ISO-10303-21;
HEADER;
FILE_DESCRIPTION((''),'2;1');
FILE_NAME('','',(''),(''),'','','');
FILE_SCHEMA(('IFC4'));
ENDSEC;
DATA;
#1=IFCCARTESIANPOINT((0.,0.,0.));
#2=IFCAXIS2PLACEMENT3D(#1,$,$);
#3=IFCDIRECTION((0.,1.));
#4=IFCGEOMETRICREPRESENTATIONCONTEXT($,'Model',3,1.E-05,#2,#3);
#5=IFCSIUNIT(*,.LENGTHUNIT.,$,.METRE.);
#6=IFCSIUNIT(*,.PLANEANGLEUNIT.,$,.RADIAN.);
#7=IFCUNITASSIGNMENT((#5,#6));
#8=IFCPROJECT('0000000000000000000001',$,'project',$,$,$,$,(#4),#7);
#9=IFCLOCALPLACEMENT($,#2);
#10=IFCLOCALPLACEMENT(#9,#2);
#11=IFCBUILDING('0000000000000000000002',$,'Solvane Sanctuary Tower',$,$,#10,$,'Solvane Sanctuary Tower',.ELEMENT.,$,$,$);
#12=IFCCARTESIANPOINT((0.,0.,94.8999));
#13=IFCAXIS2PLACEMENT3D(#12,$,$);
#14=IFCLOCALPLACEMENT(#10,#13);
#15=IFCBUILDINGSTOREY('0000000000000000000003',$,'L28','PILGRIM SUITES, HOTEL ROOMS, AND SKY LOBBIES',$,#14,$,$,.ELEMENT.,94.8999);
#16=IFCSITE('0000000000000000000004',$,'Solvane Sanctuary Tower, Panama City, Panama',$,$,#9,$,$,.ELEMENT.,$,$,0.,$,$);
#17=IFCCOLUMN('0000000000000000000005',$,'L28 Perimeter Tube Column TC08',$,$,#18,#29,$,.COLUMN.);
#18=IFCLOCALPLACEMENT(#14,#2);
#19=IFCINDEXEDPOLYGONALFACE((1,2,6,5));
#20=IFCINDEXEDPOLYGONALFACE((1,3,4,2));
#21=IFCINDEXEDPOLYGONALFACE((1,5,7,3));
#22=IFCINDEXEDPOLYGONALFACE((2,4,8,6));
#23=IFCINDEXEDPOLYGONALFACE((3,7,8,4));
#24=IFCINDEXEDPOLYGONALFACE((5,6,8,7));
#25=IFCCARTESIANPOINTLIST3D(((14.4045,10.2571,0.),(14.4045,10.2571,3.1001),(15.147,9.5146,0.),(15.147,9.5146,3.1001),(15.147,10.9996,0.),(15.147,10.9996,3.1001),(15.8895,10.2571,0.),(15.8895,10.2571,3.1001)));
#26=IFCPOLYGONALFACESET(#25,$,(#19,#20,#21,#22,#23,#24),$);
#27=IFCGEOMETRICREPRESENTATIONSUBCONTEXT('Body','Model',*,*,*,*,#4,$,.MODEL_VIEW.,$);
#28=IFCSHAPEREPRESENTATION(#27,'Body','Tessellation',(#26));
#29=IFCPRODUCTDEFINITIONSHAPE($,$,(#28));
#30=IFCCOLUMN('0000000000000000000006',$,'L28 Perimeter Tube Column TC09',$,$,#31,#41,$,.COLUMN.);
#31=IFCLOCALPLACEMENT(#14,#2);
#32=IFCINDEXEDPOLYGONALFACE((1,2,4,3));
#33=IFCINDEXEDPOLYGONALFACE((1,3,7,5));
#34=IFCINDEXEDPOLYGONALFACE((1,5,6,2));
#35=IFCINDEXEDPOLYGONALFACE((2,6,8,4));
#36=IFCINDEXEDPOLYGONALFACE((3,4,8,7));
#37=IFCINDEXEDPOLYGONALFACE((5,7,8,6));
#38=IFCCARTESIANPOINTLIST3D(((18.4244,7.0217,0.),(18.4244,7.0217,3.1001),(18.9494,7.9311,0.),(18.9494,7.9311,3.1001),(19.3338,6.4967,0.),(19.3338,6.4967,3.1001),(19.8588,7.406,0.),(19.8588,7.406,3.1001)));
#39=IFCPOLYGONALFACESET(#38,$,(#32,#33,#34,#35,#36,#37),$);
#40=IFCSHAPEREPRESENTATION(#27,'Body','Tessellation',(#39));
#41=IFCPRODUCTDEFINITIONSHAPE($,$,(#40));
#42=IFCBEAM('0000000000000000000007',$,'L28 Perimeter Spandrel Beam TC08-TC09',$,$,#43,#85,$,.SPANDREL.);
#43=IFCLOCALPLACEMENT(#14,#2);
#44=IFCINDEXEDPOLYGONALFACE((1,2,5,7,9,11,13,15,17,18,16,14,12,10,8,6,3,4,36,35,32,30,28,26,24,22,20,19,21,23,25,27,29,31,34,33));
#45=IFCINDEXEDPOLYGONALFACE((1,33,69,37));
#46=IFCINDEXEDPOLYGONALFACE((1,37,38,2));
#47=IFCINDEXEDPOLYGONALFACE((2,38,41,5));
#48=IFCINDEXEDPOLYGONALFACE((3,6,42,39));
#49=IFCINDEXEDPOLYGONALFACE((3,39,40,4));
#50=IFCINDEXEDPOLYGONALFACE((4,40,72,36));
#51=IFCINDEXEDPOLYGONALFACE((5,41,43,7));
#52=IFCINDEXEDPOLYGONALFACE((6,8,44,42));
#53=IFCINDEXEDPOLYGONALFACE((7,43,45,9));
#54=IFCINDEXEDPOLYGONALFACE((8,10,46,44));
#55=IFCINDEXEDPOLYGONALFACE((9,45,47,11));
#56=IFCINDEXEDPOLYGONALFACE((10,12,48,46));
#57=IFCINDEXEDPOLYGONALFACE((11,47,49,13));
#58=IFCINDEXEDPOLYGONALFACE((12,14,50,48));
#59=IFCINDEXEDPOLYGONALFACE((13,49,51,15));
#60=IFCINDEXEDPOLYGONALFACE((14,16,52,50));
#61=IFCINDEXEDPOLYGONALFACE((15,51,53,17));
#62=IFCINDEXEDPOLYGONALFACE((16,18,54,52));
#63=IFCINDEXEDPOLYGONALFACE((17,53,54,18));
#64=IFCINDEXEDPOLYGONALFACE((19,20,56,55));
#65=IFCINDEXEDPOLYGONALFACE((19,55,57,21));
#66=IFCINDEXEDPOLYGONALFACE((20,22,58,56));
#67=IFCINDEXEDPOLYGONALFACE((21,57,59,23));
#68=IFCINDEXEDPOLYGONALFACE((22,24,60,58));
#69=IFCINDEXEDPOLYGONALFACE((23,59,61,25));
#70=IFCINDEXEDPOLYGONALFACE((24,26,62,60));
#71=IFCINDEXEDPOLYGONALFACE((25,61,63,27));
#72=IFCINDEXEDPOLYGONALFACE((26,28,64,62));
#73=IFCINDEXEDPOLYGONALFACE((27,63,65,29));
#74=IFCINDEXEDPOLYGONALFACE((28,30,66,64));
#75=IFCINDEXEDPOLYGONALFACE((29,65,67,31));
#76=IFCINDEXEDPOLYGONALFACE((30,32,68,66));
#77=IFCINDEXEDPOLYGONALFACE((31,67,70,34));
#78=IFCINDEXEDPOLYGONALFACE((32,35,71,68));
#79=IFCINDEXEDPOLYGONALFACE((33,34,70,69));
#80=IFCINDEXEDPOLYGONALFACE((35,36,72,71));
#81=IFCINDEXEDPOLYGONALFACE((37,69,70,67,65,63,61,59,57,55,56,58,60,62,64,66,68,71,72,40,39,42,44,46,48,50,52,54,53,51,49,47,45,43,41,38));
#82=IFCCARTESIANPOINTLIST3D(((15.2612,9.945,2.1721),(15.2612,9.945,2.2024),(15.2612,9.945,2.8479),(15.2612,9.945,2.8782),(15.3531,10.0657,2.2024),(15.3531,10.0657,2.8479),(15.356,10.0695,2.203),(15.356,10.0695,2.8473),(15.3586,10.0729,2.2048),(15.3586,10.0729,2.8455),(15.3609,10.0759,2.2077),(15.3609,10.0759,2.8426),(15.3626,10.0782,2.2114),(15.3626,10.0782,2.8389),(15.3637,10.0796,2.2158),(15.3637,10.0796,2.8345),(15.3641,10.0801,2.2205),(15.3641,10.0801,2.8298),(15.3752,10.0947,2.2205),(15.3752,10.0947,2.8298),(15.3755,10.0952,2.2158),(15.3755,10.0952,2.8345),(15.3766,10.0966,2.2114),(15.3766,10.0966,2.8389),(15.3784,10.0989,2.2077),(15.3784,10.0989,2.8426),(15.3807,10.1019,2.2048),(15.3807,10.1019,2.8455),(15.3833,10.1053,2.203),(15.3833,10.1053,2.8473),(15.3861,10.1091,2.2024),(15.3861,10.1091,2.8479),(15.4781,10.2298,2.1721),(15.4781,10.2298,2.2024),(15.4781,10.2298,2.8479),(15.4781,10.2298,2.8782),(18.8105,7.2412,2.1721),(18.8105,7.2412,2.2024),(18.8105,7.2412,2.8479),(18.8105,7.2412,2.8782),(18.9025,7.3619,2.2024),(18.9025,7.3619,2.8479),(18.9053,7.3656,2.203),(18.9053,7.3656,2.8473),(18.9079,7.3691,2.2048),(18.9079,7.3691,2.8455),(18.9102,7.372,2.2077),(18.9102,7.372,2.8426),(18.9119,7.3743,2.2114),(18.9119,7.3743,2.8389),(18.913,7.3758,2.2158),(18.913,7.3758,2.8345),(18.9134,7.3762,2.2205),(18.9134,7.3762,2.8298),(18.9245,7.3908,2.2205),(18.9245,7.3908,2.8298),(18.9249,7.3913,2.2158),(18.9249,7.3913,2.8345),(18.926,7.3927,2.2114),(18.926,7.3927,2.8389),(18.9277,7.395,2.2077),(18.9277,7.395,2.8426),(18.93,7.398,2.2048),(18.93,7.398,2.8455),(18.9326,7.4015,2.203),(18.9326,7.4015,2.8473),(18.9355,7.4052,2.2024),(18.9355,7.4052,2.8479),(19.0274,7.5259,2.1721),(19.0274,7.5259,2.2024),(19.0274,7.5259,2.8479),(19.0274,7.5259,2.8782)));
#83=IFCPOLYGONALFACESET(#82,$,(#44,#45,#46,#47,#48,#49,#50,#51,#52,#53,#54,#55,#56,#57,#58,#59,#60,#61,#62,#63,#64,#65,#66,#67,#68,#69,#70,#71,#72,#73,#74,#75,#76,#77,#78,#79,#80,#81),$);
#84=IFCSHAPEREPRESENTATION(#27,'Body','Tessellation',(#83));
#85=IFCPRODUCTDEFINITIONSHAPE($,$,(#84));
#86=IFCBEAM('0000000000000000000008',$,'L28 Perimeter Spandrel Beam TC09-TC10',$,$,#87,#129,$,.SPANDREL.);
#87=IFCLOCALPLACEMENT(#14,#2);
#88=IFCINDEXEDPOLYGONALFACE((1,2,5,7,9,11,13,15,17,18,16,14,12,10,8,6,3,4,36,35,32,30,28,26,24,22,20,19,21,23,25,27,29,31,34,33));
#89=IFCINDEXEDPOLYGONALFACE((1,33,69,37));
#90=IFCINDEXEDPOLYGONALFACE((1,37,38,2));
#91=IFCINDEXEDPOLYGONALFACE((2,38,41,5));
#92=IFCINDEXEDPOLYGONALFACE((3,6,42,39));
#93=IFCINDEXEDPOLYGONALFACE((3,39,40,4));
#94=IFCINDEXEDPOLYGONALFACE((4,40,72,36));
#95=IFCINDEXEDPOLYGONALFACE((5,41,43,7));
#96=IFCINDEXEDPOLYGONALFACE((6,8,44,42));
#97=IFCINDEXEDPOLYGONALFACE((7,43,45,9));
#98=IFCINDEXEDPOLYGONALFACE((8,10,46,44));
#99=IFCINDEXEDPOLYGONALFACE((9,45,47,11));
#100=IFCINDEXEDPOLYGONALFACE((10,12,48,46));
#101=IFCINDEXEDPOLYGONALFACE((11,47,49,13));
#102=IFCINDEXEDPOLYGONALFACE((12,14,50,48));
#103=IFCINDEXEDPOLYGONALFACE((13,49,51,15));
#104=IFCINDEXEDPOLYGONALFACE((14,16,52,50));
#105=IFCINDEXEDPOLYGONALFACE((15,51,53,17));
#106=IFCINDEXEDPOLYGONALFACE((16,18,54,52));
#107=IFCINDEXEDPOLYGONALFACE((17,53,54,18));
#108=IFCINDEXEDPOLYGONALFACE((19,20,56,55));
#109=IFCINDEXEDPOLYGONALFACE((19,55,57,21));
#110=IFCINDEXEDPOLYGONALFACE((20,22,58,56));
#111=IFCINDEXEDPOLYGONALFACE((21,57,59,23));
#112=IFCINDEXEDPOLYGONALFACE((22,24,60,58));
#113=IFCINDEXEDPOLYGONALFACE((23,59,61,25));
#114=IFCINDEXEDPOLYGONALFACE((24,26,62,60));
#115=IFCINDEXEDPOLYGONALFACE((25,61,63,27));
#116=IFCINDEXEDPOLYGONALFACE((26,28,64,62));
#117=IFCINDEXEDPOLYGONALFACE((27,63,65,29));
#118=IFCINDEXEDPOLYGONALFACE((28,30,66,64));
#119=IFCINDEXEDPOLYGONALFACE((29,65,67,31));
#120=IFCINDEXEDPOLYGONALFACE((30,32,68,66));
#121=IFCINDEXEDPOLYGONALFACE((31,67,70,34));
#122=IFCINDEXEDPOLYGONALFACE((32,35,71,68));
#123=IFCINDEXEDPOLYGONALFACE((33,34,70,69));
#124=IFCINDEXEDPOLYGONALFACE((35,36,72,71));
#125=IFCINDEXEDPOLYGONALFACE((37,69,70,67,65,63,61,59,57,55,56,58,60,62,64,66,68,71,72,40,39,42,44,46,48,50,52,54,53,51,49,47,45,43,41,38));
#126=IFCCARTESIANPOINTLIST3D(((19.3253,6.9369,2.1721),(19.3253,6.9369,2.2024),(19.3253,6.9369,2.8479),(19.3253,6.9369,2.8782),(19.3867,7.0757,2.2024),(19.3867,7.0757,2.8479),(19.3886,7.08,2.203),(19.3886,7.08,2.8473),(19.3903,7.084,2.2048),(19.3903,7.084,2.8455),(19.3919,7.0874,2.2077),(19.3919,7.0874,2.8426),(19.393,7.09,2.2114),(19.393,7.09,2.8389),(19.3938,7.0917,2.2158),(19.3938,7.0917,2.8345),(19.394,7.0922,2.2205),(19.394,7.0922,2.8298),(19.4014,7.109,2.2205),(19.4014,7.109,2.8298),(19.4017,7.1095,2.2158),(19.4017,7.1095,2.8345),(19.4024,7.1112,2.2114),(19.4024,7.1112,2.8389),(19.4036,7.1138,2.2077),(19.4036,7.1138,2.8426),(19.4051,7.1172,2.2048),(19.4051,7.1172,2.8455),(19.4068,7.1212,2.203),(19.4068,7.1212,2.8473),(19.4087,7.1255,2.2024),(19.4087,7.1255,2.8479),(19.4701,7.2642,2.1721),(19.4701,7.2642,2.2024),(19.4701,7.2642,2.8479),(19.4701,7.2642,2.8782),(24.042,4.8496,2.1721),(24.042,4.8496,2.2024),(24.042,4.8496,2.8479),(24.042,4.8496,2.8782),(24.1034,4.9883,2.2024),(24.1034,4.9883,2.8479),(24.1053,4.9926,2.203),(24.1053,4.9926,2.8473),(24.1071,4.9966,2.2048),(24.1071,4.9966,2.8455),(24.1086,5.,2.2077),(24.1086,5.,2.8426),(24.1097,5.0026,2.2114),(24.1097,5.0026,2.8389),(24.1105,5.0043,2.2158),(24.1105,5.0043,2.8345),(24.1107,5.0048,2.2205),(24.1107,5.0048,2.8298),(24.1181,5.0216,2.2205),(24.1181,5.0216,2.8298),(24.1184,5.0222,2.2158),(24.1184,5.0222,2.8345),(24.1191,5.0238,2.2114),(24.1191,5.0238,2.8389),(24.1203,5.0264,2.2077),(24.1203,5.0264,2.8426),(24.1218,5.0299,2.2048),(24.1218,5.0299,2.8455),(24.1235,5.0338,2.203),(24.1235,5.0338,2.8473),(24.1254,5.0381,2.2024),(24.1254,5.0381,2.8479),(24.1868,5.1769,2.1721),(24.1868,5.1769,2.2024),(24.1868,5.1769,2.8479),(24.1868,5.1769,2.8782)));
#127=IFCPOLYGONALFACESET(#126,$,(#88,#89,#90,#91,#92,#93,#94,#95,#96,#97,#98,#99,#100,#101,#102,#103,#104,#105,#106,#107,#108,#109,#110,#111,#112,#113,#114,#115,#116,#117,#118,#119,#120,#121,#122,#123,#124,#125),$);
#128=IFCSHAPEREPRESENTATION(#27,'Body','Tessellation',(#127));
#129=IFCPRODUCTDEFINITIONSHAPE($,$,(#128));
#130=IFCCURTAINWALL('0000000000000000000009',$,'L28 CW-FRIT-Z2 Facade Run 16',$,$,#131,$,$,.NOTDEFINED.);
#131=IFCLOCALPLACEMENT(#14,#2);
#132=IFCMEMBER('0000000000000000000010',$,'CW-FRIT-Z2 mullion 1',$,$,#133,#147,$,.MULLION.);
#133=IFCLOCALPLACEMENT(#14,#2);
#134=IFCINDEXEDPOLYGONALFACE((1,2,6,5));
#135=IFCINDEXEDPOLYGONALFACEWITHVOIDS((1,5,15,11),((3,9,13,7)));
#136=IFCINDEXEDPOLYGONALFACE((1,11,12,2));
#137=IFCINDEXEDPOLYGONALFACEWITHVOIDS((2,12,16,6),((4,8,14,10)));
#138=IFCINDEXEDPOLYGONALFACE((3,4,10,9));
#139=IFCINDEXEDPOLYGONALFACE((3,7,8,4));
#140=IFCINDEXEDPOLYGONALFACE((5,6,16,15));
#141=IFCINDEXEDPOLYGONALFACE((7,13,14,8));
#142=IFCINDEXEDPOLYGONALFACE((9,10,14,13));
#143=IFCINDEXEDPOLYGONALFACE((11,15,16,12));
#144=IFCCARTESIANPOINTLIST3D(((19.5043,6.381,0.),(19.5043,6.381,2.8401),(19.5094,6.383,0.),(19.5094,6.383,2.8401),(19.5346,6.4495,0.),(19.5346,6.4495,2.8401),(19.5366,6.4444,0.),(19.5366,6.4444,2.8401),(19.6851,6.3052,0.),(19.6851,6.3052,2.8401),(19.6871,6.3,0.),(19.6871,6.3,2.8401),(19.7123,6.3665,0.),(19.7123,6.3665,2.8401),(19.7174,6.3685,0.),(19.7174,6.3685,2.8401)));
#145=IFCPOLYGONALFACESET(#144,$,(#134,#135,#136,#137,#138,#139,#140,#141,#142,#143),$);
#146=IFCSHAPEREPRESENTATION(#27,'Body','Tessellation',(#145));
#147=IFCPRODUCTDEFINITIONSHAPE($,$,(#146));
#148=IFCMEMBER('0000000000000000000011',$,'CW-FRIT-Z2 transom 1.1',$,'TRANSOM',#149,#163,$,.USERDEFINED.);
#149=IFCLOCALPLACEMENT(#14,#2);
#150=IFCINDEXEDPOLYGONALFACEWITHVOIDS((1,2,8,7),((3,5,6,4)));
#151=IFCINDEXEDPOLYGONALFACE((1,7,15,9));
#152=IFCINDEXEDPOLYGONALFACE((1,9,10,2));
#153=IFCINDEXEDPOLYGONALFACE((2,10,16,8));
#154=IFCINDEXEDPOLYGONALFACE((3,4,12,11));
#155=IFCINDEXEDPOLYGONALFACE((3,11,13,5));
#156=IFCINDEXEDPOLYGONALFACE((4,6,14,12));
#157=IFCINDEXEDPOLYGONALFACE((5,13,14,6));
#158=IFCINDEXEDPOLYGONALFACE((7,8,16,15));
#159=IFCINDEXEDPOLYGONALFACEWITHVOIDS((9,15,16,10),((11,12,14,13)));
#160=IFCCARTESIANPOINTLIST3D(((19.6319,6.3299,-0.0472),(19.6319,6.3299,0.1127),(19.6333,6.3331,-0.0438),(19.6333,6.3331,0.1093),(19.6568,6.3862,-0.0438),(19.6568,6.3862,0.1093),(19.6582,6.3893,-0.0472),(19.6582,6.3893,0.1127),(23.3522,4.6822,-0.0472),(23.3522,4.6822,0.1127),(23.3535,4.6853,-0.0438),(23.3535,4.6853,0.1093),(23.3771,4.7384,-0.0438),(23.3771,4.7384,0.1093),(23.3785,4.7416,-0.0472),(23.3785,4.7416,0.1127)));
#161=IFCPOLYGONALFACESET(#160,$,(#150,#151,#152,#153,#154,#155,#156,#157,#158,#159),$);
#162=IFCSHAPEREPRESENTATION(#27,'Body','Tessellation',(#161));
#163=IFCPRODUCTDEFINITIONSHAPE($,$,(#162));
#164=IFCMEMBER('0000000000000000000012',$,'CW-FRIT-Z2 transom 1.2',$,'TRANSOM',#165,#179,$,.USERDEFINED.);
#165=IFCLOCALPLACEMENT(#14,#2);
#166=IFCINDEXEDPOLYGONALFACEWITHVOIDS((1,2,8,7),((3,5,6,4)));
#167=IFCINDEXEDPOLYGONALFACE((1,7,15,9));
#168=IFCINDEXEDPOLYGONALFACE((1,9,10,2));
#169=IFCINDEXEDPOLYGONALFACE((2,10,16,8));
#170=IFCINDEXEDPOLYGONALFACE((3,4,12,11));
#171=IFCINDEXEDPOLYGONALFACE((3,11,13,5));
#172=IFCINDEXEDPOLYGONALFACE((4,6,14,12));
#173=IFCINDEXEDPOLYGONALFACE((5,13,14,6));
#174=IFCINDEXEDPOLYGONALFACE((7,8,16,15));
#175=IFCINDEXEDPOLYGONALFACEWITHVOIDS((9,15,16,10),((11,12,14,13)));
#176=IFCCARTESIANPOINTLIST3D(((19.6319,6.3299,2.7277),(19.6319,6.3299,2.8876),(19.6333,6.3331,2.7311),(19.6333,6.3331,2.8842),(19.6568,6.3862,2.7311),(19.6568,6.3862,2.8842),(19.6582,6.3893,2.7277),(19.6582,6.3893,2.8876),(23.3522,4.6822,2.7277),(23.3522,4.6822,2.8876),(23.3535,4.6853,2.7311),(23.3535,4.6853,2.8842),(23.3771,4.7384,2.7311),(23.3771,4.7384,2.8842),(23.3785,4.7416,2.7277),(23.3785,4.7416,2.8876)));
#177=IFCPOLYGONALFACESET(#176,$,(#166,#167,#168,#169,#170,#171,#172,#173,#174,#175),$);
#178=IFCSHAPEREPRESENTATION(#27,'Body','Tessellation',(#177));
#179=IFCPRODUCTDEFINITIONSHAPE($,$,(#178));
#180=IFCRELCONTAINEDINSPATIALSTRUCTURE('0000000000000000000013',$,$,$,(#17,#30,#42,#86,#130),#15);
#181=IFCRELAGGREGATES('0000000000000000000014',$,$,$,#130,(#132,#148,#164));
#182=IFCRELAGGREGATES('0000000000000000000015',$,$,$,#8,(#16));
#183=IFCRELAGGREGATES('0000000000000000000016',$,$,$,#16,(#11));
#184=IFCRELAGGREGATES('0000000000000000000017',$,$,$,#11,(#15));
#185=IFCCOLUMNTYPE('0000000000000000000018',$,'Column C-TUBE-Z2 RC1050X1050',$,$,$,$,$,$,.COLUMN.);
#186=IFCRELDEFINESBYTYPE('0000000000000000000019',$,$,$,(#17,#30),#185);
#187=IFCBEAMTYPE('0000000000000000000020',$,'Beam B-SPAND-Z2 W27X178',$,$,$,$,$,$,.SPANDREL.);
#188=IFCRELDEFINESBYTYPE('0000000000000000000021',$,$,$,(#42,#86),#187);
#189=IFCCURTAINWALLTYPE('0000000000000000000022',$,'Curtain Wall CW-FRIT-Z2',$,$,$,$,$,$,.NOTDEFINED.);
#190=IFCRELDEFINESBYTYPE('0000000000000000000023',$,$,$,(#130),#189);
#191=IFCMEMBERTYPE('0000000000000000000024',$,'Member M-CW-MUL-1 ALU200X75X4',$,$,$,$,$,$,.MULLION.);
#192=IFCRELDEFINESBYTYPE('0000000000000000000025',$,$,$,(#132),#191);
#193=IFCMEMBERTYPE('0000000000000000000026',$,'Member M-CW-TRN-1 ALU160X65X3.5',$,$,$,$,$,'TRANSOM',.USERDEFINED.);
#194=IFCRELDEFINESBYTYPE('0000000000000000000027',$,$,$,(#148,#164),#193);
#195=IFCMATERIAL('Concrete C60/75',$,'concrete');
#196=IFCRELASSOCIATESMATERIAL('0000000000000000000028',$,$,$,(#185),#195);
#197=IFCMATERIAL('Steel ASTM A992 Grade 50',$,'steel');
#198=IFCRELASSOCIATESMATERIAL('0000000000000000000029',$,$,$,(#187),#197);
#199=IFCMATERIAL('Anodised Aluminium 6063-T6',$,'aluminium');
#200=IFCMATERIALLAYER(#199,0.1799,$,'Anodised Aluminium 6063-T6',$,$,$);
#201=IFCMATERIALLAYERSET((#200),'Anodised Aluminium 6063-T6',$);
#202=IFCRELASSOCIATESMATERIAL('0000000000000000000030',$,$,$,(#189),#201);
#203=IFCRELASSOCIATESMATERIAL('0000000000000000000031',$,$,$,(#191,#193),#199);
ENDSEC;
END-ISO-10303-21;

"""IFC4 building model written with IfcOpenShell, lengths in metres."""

from ifc_helpers import new_model, si_unit, direction, frame, origin, origin_2d, place, context, subcontext, project, spatial, rectangle, hollow_rectangle, i_section, extrude, material, layer, layer_set, material_profile, profile_set, type_object, element, aggregate, save


model = new_model("IFC4")

# Units and contexts
model_context = context("Model", 3, precision=1e-05, world=origin(), true_north=direction((0.0, 1.0)))
body_context = subcontext(model_context, "Body", "Model", "MODEL_VIEW")
ifc_project = project(units=[si_unit("LENGTHUNIT", "METRE"), si_unit("PLANEANGLEUNIT", "RADIAN")], contexts=[model_context])

# Site, building, storey
site_placement = place(None, origin())
site = spatial("IfcSite", under=ifc_project, at=site_placement, Name="Solvane Sanctuary Tower, Panama City, Panama", CompositionType="ELEMENT", RefElevation=0.0)
building_placement = place(site_placement, origin())
building = spatial("IfcBuilding", under=site, at=building_placement, Name="Solvane Sanctuary Tower", LongName="Solvane Sanctuary Tower", CompositionType="ELEMENT")
storey_placement = place(building_placement, frame((0.0, 0.0, 94.8999)))
storey = spatial("IfcBuildingStorey", under=building, at=storey_placement, Name="L28", Description="PILGRIM SUITES, HOTEL ROOMS, AND SKY LOBBIES", CompositionType="ELEMENT", Elevation=94.8999)

# Columns
ifc_material_1 = material(Name="Concrete C60/75", Category="concrete")
ifc_material_profile_1 = material_profile(ifc_material_1, rectangle(XDim=1.05, YDim=1.05, at=origin_2d()), Name="RC1050X1050")
ifc_profile_set_1 = profile_set([ifc_material_profile_1], Name="Concrete C60/75")
column_type = type_object("IfcColumnType", Name="Column C-TUBE-Z2 RC1050X1050", PredefinedType="COLUMN", material=ifc_profile_set_1)
for number, where, z_axis, x_axis, name in (
    (1, (15.147, 10.2571, 0.0), (0.0, 0.0, 1.0), (-0.707107, -0.707107, 0.0), "L28 Perimeter Tube Column TC08"),
    (2, (19.1416, 7.2139, 0.0), (0.0, 0.0, 1.0), (-0.5, -0.866025, 0.0), "L28 Perimeter Tube Column TC09"),
):
    element("IfcColumn", number, at=place(storey_placement, frame(where, z_axis=z_axis, x_axis=x_axis)), inside=storey, type_object=column_type, Name=name, PredefinedType="COLUMN", context=body_context, shape_type="SweptSolid", body=[
        extrude(rectangle(XDim=1.05, YDim=1.05, at=origin_2d()), origin(), (0.0, 0.0, 1.0), 3.1001),
    ])

# Beams
ifc_material_2 = material(Name="Steel ASTM A992 Grade 50", Category="steel")
ifc_material_profile_2 = material_profile(ifc_material_2, i_section(OverallWidth=0.3579, OverallDepth=0.7061, WebThickness=0.0183, FlangeThickness=0.0303, FilletRadius=0.0181, at=origin_2d()), Name="W27X178")
ifc_profile_set_2 = profile_set([ifc_material_profile_2], Name="Steel ASTM A992 Grade 50")
beam_type = type_object("IfcBeamType", Name="Beam B-SPAND-Z2 W27X178", PredefinedType="SPANDREL", material=ifc_profile_set_2)
beam_1_placement = place(storey_placement, frame((15.3696, 10.0874, 2.5251), z_axis=(0.795473, -0.605989, 0.0), x_axis=(0.605989, 0.795473, 0.0)))
element("IfcBeam", 3, at=beam_1_placement, inside=storey, type_object=beam_type, Name="L28 Perimeter Spandrel Beam TC08-TC09", PredefinedType="SPANDREL", context=body_context, shape_type="SweptSolid", body=[
    extrude(i_section(OverallWidth=0.3579, OverallDepth=0.7061, WebThickness=0.0183, FlangeThickness=0.0303, FilletRadius=0.0181, at=origin_2d()), origin(), (0.0, 0.0, 1.0), 4.4619),
])
beam_2_placement = place(storey_placement, frame((19.3977, 7.1006, 2.5251), z_axis=(0.914455, -0.404689, 0.0), x_axis=(0.404689, 0.914455, 0.0)))
element("IfcBeam", 4, at=beam_2_placement, inside=storey, type_object=beam_type, Name="L28 Perimeter Spandrel Beam TC09-TC10", PredefinedType="SPANDREL", context=body_context, shape_type="SweptSolid", body=[
    extrude(i_section(OverallWidth=0.3579, OverallDepth=0.7061, WebThickness=0.0183, FlangeThickness=0.0303, FilletRadius=0.0181, at=origin_2d()), origin(), (0.0, 0.0, 1.0), 5.158),
])

# Curtain wall, members
ifc_material_3 = material(Name="Anodised Aluminium 6063-T6", Category="aluminium")
ifc_layer_1 = layer(ifc_material_3, 0.1799, Name="Anodised Aluminium 6063-T6")
ifc_layer_set_1 = layer_set([ifc_layer_1], Name="Anodised Aluminium 6063-T6")
curtain_wall_type = type_object("IfcCurtainWallType", Name="Curtain Wall CW-FRIT-Z2", PredefinedType="NOTDEFINED", material=ifc_layer_set_1)
curtain_wall_placement = place(storey_placement, origin())
curtain_wall = element("IfcCurtainWall", 5, at=curtain_wall_placement, inside=storey, type_object=curtain_wall_type, Name="L28 CW-FRIT-Z2 Facade Run 16", PredefinedType="NOTDEFINED")
ifc_material_profile_3 = material_profile(ifc_material_3, hollow_rectangle(XDim=0.075, YDim=0.2, WallThickness=0.0039, at=origin_2d()), Name="ALU200X75X4")
ifc_profile_set_3 = profile_set([ifc_material_profile_3], Name="Anodised Aluminium 6063-T6")
member_type_1 = type_object("IfcMemberType", Name="Member M-CW-MUL-1 ALU200X75X4", PredefinedType="MULLION", material=ifc_profile_set_3)
member_1_placement = place(storey_placement, frame((19.6108, 6.3748, 0.0), z_axis=(0.0, 0.0, 1.0), x_axis=(0.404951, 0.914339, 0.0)))
member_1 = element("IfcMember", 6, at=member_1_placement, type_object=member_type_1, Name="CW-FRIT-Z2 mullion 1", PredefinedType="MULLION", context=body_context, shape_type="SweptSolid", body=[
    extrude(hollow_rectangle(XDim=0.075, YDim=0.2, WallThickness=0.0039, at=origin_2d()), origin(), (0.0, 0.0, 1.0), 2.8401),
])
ifc_material_profile_4 = material_profile(ifc_material_3, hollow_rectangle(XDim=0.0649, YDim=0.1599, WallThickness=0.0034, at=origin_2d()), Name="ALU160X65X3.5")
ifc_profile_set_4 = profile_set([ifc_material_profile_4], Name="Anodised Aluminium 6063-T6")
member_type_2 = type_object("IfcMemberType", Name="Member M-CW-TRN-1 ALU160X65X3.5", ElementType="TRANSOM", PredefinedType="USERDEFINED", material=ifc_profile_set_4)
member_2_placement = place(storey_placement, frame((19.645, 6.3596, 0.0327), z_axis=(0.914333, -0.404963, 0.0), x_axis=(0.404963, 0.914333, 0.0)))
member_2 = element("IfcMember", 7, at=member_2_placement, type_object=member_type_2, Name="CW-FRIT-Z2 transom 1.1", ObjectType="TRANSOM", PredefinedType="USERDEFINED", context=body_context, shape_type="SweptSolid", body=[
    extrude(hollow_rectangle(XDim=0.0649, YDim=0.1599, WallThickness=0.0034, at=origin_2d()), origin(), (0.0, 0.0, 1.0), 4.0688),
])
member_3_placement = place(storey_placement, frame((19.645, 6.3596, 2.8076), z_axis=(0.914333, -0.404963, 0.0), x_axis=(0.404963, 0.914333, 0.0)))
member_3 = element("IfcMember", 8, at=member_3_placement, type_object=member_type_2, Name="CW-FRIT-Z2 transom 1.2", ObjectType="TRANSOM", PredefinedType="USERDEFINED", context=body_context, shape_type="SweptSolid", body=[
    extrude(hollow_rectangle(XDim=0.0649, YDim=0.1599, WallThickness=0.0034, at=origin_2d()), origin(), (0.0, 0.0, 1.0), 4.0688),
])
aggregate(curtain_wall, [member_1, member_2, member_3])

save(model, "model.ifc")
